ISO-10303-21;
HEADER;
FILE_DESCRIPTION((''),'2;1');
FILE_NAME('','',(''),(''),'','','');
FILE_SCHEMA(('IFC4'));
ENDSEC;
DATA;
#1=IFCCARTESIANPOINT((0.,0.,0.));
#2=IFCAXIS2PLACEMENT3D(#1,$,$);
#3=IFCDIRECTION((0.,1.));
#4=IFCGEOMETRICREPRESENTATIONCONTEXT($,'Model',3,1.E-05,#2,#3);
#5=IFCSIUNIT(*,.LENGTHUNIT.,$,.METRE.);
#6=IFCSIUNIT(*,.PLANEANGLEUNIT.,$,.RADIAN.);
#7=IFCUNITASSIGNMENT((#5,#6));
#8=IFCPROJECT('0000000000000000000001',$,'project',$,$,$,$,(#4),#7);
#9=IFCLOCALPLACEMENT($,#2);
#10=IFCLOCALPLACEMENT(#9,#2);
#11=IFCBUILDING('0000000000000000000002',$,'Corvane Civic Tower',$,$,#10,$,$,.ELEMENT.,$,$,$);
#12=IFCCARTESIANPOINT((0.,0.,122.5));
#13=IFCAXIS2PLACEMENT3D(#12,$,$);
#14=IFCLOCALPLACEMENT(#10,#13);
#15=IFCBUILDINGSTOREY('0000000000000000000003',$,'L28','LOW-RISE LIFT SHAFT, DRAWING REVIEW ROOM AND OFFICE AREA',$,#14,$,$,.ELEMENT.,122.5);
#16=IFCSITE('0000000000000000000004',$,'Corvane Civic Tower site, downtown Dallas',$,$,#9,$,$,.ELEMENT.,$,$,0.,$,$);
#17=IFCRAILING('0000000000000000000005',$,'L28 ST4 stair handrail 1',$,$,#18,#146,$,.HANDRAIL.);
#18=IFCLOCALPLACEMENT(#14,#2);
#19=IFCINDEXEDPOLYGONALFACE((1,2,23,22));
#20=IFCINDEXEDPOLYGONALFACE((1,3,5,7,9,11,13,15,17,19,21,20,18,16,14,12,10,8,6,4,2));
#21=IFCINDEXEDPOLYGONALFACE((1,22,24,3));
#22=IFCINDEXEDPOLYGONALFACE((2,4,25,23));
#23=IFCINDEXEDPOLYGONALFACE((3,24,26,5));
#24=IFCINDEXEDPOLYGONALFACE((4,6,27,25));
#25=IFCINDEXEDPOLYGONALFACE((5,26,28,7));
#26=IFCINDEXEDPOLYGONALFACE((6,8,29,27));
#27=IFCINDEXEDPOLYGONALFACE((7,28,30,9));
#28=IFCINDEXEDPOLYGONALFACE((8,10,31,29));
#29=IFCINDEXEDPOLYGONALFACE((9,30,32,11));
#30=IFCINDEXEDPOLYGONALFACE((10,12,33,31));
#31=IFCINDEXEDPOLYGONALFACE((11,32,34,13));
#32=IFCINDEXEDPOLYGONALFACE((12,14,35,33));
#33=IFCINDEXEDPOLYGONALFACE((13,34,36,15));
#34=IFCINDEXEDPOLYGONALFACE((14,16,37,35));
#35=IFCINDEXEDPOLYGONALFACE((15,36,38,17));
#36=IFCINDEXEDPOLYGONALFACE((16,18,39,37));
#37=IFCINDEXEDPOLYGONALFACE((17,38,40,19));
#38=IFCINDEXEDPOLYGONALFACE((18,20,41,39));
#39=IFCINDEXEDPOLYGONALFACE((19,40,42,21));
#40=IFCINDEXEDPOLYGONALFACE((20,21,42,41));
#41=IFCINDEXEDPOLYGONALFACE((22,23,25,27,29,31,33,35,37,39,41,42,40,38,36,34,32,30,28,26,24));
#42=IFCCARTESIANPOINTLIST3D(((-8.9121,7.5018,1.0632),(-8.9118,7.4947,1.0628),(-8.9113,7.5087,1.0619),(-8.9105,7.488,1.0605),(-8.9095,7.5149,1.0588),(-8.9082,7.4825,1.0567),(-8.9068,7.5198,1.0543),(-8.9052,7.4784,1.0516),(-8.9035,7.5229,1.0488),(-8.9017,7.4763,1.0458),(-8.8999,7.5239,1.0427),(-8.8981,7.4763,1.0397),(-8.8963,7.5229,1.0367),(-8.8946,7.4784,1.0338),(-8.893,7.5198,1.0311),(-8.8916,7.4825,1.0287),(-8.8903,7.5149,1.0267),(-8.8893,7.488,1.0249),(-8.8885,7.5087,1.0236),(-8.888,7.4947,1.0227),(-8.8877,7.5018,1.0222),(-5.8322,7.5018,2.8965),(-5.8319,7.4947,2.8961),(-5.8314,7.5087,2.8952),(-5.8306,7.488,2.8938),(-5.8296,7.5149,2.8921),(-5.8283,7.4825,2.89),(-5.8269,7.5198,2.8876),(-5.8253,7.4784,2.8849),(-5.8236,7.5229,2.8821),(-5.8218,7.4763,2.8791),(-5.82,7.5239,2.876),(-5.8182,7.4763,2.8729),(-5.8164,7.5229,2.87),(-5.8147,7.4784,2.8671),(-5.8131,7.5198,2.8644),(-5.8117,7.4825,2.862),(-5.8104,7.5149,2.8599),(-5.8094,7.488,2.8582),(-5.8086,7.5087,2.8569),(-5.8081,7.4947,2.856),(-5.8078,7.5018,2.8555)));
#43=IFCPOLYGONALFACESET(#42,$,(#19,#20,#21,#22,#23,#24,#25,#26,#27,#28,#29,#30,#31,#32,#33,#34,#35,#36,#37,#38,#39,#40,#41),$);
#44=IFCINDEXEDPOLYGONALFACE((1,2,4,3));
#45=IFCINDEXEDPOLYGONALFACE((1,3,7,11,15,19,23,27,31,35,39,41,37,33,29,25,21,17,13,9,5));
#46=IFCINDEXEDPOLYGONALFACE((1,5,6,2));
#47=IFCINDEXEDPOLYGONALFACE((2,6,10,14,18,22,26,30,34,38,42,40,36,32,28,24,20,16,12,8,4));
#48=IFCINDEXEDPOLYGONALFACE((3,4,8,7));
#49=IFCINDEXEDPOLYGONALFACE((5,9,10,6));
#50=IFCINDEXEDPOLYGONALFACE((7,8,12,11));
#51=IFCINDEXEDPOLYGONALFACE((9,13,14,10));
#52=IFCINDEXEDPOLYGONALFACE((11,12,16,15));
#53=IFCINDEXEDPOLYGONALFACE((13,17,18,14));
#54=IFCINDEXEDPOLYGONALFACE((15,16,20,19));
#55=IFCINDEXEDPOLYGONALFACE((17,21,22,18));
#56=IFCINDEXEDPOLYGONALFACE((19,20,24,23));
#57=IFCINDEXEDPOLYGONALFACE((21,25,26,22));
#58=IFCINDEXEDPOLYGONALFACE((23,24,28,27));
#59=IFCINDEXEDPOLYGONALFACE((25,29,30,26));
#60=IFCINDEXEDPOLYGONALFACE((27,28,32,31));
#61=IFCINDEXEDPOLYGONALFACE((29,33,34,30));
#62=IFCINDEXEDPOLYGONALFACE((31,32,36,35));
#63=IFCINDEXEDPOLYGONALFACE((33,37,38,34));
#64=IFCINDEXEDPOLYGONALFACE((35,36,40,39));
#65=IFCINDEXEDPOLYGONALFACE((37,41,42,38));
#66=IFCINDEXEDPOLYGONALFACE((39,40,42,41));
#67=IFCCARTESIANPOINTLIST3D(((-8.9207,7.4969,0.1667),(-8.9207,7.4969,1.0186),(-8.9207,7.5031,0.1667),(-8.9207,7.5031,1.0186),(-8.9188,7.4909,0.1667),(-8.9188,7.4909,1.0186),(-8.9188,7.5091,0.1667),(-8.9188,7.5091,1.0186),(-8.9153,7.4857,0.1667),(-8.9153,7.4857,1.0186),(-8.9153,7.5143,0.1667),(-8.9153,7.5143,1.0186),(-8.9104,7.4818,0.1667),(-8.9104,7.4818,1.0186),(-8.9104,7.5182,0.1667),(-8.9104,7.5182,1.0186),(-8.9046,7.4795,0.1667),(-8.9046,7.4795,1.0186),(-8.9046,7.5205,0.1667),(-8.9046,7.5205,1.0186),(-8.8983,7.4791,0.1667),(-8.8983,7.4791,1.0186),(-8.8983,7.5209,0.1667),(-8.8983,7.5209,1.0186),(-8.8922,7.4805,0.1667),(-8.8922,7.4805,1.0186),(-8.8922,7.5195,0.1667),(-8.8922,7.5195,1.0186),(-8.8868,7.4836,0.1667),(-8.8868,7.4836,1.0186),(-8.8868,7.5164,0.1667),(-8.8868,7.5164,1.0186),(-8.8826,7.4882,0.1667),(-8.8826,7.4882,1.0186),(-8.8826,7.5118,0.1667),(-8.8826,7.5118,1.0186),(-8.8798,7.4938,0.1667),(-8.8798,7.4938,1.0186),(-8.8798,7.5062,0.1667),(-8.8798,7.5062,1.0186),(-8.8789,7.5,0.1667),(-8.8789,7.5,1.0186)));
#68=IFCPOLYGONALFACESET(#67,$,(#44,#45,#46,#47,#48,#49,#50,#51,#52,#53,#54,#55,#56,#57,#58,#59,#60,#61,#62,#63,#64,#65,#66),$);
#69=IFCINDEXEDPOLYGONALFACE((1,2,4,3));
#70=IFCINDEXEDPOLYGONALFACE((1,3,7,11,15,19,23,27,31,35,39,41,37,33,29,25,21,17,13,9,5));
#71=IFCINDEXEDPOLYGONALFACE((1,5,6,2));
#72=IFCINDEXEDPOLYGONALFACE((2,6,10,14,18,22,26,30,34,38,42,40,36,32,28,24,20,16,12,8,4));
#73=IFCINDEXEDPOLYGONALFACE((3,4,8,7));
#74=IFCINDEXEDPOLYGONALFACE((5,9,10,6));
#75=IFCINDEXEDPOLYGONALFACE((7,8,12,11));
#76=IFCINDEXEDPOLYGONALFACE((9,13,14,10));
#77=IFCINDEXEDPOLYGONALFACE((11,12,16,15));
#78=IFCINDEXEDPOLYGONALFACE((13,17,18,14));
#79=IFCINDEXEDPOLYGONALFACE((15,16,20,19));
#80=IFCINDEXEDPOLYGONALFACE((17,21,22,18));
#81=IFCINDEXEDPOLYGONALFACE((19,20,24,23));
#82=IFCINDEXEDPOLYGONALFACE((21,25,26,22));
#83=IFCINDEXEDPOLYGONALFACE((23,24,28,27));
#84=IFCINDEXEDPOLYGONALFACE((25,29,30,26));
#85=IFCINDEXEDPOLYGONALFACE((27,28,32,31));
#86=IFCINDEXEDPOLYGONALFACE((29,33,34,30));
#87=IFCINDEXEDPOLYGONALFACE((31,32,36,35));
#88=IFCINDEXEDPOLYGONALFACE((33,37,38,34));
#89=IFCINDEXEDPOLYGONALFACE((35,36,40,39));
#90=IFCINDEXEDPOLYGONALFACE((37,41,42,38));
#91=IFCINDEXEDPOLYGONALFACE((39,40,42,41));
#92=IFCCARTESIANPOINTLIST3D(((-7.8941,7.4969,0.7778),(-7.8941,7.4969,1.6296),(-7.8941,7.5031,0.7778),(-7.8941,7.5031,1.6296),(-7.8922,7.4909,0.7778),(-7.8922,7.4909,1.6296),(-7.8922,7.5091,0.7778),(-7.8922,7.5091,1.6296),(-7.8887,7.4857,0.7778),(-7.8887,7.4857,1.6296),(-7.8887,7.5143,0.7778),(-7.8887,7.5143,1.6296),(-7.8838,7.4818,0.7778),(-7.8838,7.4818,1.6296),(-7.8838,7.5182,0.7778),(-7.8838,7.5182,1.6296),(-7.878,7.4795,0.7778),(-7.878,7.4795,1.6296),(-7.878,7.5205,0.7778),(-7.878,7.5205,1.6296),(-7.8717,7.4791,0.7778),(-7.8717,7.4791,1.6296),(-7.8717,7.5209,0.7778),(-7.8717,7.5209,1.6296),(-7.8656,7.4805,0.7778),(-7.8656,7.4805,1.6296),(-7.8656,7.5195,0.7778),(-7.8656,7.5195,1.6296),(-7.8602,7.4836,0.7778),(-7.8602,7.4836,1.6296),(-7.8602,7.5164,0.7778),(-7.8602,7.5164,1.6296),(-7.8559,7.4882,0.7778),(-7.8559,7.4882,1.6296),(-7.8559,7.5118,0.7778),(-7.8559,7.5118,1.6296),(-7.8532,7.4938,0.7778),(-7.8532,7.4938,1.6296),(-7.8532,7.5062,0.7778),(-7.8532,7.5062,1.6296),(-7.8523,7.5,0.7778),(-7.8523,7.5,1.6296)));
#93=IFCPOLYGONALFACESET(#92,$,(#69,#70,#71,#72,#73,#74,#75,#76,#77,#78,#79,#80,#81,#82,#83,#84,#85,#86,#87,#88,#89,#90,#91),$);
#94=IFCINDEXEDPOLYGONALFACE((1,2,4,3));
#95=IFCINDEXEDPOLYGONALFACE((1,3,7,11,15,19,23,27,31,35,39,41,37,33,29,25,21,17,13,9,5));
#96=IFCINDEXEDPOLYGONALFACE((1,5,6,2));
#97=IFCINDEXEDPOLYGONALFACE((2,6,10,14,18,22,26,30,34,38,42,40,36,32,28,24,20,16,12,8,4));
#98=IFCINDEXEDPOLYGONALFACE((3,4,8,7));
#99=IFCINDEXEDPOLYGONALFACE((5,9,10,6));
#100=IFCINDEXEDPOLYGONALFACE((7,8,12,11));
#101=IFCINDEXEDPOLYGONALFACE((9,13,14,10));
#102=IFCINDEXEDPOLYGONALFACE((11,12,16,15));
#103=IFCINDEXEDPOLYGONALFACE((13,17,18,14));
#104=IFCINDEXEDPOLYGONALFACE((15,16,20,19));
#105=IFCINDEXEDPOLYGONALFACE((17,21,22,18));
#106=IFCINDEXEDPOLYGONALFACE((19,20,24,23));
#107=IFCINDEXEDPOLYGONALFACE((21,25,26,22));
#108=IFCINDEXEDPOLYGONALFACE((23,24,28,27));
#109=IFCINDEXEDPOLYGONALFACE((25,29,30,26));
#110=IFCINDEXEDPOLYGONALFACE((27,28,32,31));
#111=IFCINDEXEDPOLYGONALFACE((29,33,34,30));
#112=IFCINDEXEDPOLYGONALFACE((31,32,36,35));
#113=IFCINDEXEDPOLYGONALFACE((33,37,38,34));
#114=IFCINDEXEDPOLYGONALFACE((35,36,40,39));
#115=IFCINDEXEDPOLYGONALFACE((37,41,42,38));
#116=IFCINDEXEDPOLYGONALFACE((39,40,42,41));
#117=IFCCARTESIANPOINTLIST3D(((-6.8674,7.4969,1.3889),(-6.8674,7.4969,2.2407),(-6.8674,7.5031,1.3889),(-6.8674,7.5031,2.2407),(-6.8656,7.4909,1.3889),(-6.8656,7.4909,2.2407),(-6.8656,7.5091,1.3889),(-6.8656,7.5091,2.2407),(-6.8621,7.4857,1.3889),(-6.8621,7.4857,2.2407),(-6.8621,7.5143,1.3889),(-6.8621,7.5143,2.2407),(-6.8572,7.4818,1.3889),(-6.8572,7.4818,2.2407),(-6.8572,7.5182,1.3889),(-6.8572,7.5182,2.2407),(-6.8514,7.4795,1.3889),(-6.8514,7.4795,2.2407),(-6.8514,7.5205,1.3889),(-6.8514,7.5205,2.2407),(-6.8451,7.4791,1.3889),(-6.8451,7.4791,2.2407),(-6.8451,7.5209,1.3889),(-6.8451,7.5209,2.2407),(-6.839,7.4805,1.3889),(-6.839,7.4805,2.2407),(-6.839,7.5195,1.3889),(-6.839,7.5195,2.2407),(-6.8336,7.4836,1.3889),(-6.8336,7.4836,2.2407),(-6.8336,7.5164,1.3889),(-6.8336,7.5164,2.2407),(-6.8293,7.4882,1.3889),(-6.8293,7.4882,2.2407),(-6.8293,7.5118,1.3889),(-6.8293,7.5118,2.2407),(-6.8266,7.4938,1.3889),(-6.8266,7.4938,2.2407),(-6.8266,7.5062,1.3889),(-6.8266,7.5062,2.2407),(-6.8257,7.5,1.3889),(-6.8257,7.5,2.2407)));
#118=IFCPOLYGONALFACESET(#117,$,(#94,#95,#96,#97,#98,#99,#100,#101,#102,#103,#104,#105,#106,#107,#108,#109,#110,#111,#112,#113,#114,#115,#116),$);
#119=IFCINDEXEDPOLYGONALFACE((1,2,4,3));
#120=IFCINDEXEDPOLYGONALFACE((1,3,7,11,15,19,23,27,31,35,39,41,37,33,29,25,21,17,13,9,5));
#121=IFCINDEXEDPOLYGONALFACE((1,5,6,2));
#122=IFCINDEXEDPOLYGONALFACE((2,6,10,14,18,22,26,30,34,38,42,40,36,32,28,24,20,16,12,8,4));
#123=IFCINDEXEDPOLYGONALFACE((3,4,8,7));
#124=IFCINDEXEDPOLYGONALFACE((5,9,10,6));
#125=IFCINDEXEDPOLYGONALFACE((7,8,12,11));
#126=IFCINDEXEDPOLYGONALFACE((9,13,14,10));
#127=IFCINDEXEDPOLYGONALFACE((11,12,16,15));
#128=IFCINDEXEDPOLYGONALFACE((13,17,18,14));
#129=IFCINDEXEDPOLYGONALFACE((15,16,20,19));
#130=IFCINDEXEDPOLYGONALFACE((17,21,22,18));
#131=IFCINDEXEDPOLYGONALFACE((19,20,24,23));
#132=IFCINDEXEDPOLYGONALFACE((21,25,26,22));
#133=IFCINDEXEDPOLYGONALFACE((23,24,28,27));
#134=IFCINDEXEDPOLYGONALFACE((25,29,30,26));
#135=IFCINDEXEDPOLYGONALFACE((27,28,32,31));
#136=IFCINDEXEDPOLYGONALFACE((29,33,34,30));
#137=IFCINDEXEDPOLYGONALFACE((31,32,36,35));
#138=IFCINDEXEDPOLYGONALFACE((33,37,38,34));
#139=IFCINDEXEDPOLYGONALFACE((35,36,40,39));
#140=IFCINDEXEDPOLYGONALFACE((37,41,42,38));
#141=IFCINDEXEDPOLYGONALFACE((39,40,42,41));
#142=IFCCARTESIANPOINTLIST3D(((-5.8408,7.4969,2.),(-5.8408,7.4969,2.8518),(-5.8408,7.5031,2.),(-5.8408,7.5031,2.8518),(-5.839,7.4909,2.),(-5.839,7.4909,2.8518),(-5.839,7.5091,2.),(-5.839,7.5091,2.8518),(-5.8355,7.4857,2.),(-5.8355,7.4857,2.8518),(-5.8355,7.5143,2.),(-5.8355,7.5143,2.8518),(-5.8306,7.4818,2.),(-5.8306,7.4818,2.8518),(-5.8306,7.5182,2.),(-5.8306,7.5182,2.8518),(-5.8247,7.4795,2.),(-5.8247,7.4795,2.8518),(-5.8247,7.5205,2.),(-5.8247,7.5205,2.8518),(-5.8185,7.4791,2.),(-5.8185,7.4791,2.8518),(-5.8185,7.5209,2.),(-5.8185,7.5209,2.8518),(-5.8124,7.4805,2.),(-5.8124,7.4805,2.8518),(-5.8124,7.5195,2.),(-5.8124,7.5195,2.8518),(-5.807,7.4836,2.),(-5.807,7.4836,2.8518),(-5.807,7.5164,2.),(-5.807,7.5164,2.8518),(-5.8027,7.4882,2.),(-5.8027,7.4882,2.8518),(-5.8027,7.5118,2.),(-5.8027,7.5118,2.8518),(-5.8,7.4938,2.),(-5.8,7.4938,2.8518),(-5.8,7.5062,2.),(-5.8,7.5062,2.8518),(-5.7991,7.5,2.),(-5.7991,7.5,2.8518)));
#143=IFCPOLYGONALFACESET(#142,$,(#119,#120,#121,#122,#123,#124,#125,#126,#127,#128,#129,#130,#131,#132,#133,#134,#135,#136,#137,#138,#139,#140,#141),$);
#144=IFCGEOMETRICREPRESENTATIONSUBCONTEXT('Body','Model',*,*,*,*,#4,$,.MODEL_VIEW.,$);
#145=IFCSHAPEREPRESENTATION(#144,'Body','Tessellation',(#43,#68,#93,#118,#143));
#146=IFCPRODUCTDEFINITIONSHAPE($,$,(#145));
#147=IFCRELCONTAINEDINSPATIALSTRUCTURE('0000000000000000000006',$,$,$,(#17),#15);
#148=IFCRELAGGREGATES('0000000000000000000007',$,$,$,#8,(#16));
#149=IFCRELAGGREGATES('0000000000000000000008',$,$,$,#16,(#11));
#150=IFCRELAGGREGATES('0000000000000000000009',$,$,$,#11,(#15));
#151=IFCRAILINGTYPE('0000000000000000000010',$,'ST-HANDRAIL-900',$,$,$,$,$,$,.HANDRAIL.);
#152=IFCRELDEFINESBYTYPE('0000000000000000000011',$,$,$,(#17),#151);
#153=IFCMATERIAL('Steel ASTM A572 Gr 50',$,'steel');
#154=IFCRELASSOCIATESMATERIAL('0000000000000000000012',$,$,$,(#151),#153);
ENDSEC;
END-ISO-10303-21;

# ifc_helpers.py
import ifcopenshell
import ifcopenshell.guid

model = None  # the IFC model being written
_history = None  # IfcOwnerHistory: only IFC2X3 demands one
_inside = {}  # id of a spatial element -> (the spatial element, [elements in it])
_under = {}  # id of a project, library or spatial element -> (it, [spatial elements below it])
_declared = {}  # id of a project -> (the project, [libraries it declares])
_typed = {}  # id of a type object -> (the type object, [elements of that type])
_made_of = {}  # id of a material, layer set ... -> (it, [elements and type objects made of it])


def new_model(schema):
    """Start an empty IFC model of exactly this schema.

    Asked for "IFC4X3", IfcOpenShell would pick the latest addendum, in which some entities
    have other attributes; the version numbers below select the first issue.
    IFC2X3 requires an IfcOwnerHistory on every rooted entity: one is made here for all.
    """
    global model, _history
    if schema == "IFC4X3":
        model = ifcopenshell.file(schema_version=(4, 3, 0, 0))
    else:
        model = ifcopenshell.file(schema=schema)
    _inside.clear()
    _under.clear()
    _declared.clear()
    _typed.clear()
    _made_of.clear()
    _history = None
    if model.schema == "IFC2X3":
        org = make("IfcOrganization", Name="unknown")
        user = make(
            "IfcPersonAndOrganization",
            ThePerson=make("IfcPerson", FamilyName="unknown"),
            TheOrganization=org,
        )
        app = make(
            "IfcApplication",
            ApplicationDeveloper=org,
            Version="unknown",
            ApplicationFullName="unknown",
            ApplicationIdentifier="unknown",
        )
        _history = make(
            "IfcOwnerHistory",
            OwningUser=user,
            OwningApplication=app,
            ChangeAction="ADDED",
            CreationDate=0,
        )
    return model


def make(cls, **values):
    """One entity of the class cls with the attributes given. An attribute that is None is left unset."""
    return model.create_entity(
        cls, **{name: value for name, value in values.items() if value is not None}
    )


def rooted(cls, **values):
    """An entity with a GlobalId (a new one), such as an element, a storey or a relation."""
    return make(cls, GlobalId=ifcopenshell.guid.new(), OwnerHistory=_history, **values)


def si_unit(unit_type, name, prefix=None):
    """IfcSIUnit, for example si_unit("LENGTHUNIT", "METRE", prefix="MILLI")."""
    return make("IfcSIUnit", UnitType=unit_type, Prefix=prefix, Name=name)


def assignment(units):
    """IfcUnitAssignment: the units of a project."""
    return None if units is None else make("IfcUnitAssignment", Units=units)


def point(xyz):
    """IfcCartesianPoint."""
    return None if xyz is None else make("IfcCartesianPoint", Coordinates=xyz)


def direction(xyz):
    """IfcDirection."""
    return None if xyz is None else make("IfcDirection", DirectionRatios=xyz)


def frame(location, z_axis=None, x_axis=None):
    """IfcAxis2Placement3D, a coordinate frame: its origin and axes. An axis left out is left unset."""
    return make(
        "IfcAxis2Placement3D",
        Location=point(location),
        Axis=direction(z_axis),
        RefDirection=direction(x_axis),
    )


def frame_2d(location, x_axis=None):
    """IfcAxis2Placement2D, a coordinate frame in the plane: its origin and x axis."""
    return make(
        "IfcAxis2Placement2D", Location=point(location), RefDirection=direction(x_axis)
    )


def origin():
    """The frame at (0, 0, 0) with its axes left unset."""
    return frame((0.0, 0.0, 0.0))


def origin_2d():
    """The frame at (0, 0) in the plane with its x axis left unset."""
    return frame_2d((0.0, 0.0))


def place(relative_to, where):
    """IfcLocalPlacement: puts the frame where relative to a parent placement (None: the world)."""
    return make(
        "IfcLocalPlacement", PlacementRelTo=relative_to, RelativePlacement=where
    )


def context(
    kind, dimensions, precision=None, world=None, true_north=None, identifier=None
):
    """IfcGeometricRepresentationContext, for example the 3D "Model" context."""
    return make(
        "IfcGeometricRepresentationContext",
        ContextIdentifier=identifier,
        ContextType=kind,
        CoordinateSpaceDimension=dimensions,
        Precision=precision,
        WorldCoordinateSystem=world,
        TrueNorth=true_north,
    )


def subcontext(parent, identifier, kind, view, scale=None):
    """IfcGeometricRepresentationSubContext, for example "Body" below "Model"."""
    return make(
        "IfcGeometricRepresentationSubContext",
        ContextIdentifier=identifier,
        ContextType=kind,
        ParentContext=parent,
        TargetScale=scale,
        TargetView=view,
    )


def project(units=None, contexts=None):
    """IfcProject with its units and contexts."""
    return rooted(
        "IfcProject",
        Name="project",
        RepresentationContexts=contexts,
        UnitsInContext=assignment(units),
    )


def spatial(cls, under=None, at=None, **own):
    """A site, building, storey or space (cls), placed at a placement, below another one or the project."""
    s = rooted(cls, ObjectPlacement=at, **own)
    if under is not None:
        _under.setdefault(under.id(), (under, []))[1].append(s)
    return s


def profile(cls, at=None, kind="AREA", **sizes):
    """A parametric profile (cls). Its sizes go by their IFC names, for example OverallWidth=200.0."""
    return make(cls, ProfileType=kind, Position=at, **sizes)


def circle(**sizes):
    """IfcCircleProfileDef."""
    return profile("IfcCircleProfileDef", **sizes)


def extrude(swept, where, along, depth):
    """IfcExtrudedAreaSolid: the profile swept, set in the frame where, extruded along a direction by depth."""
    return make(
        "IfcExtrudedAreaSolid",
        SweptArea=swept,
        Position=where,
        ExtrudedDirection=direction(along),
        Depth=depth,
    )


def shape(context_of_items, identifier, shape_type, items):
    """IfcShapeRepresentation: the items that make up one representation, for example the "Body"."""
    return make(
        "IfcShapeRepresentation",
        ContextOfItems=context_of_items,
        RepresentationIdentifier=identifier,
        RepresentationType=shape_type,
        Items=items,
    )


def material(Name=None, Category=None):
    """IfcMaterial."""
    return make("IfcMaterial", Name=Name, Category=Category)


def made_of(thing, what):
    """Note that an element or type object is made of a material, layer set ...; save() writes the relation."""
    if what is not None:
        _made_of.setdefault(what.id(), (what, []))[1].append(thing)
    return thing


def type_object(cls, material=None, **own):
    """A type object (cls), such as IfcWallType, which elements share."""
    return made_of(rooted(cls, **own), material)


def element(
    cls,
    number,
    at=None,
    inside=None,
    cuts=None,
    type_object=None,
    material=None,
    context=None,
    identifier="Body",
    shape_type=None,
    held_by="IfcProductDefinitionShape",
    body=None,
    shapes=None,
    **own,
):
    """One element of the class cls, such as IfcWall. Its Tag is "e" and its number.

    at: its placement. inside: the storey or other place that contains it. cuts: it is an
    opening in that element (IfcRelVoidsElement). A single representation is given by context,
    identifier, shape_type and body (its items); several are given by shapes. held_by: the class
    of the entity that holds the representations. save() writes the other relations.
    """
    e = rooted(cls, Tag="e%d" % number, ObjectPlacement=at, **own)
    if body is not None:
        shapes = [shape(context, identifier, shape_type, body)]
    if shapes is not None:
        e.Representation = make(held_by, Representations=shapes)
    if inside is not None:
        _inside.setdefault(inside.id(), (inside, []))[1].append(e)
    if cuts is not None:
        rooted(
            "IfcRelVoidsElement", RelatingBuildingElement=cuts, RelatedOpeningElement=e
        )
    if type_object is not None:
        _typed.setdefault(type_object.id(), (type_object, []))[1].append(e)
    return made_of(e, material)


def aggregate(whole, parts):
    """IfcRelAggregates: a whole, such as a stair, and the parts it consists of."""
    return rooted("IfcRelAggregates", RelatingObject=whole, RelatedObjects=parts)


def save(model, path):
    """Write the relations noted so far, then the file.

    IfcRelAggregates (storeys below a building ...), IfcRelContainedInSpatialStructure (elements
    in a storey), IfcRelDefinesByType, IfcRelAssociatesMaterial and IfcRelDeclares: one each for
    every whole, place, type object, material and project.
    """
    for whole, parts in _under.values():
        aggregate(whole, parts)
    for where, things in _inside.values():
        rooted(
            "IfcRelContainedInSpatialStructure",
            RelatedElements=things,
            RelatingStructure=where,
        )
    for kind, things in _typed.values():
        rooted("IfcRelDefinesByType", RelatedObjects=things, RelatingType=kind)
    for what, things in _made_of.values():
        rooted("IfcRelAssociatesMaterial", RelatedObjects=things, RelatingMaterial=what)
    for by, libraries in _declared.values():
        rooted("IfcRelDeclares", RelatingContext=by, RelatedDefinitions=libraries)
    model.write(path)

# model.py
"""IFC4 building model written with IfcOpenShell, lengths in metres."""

from ifc_helpers import new_model, si_unit, direction, frame, origin, origin_2d, place, context, subcontext, project, spatial, circle, extrude, material, type_object, element, save


model = new_model("IFC4")

# Units and contexts
model_context = context("Model", 3, precision=1e-05, world=origin(), true_north=direction((0.0, 1.0)))
body_context = subcontext(model_context, "Body", "Model", "MODEL_VIEW")
ifc_project = project(units=[si_unit("LENGTHUNIT", "METRE"), si_unit("PLANEANGLEUNIT", "RADIAN")], contexts=[model_context])

# Site, building, storey
site_placement = place(None, origin())
site = spatial("IfcSite", under=ifc_project, at=site_placement, Name="Corvane Civic Tower site, downtown Dallas", CompositionType="ELEMENT", RefElevation=0.0)
building_placement = place(site_placement, origin())
building = spatial("IfcBuilding", under=site, at=building_placement, Name="Corvane Civic Tower", CompositionType="ELEMENT")
storey_placement = place(building_placement, frame((0.0, 0.0, 122.5)))
storey = spatial("IfcBuildingStorey", under=building, at=storey_placement, Name="L28", Description="LOW-RISE LIFT SHAFT, DRAWING REVIEW ROOM AND OFFICE AREA", CompositionType="ELEMENT", Elevation=122.5)

# Railing
ifc_material_1 = material(Name="Steel ASTM A572 Gr 50", Category="steel")
railing_type_1 = type_object("IfcRailingType", Name="ST-HANDRAIL-900", PredefinedType="HANDRAIL", material=ifc_material_1)
railing_1_placement = place(storey_placement, frame((-8.8999, 7.5, 0.1667)))
element("IfcRailing", 1, at=railing_1_placement, inside=storey, type_object=railing_type_1, Name="L28 ST4 stair handrail 1", PredefinedType="HANDRAIL", context=body_context, shape_type="SweptSolid", body=[
    extrude(circle(Radius=0.0239, at=origin_2d()), frame((0.0, 0.0, 0.876), z_axis=(0.859291, 0.0, 0.511487), x_axis=(0.0, 1.0, 0.0)), (0.0, 0.0, 1.0), 3.5842),
    extrude(circle(Radius=0.021, at=origin_2d()), origin(), (0.0, 0.0, 1.0), 0.8518),
    extrude(circle(Radius=0.021, at=origin_2d()), frame((1.0266, 0.0, 0.6111)), (0.0, 0.0, 1.0), 0.8518),
    extrude(circle(Radius=0.021, at=origin_2d()), frame((2.0532, 0.0, 1.2222)), (0.0, 0.0, 1.0), 0.8518),
    extrude(circle(Radius=0.021, at=origin_2d()), frame((3.0798, 0.0, 1.8333)), (0.0, 0.0, 1.0), 0.8518),
])

save(model, "model.ifc")
